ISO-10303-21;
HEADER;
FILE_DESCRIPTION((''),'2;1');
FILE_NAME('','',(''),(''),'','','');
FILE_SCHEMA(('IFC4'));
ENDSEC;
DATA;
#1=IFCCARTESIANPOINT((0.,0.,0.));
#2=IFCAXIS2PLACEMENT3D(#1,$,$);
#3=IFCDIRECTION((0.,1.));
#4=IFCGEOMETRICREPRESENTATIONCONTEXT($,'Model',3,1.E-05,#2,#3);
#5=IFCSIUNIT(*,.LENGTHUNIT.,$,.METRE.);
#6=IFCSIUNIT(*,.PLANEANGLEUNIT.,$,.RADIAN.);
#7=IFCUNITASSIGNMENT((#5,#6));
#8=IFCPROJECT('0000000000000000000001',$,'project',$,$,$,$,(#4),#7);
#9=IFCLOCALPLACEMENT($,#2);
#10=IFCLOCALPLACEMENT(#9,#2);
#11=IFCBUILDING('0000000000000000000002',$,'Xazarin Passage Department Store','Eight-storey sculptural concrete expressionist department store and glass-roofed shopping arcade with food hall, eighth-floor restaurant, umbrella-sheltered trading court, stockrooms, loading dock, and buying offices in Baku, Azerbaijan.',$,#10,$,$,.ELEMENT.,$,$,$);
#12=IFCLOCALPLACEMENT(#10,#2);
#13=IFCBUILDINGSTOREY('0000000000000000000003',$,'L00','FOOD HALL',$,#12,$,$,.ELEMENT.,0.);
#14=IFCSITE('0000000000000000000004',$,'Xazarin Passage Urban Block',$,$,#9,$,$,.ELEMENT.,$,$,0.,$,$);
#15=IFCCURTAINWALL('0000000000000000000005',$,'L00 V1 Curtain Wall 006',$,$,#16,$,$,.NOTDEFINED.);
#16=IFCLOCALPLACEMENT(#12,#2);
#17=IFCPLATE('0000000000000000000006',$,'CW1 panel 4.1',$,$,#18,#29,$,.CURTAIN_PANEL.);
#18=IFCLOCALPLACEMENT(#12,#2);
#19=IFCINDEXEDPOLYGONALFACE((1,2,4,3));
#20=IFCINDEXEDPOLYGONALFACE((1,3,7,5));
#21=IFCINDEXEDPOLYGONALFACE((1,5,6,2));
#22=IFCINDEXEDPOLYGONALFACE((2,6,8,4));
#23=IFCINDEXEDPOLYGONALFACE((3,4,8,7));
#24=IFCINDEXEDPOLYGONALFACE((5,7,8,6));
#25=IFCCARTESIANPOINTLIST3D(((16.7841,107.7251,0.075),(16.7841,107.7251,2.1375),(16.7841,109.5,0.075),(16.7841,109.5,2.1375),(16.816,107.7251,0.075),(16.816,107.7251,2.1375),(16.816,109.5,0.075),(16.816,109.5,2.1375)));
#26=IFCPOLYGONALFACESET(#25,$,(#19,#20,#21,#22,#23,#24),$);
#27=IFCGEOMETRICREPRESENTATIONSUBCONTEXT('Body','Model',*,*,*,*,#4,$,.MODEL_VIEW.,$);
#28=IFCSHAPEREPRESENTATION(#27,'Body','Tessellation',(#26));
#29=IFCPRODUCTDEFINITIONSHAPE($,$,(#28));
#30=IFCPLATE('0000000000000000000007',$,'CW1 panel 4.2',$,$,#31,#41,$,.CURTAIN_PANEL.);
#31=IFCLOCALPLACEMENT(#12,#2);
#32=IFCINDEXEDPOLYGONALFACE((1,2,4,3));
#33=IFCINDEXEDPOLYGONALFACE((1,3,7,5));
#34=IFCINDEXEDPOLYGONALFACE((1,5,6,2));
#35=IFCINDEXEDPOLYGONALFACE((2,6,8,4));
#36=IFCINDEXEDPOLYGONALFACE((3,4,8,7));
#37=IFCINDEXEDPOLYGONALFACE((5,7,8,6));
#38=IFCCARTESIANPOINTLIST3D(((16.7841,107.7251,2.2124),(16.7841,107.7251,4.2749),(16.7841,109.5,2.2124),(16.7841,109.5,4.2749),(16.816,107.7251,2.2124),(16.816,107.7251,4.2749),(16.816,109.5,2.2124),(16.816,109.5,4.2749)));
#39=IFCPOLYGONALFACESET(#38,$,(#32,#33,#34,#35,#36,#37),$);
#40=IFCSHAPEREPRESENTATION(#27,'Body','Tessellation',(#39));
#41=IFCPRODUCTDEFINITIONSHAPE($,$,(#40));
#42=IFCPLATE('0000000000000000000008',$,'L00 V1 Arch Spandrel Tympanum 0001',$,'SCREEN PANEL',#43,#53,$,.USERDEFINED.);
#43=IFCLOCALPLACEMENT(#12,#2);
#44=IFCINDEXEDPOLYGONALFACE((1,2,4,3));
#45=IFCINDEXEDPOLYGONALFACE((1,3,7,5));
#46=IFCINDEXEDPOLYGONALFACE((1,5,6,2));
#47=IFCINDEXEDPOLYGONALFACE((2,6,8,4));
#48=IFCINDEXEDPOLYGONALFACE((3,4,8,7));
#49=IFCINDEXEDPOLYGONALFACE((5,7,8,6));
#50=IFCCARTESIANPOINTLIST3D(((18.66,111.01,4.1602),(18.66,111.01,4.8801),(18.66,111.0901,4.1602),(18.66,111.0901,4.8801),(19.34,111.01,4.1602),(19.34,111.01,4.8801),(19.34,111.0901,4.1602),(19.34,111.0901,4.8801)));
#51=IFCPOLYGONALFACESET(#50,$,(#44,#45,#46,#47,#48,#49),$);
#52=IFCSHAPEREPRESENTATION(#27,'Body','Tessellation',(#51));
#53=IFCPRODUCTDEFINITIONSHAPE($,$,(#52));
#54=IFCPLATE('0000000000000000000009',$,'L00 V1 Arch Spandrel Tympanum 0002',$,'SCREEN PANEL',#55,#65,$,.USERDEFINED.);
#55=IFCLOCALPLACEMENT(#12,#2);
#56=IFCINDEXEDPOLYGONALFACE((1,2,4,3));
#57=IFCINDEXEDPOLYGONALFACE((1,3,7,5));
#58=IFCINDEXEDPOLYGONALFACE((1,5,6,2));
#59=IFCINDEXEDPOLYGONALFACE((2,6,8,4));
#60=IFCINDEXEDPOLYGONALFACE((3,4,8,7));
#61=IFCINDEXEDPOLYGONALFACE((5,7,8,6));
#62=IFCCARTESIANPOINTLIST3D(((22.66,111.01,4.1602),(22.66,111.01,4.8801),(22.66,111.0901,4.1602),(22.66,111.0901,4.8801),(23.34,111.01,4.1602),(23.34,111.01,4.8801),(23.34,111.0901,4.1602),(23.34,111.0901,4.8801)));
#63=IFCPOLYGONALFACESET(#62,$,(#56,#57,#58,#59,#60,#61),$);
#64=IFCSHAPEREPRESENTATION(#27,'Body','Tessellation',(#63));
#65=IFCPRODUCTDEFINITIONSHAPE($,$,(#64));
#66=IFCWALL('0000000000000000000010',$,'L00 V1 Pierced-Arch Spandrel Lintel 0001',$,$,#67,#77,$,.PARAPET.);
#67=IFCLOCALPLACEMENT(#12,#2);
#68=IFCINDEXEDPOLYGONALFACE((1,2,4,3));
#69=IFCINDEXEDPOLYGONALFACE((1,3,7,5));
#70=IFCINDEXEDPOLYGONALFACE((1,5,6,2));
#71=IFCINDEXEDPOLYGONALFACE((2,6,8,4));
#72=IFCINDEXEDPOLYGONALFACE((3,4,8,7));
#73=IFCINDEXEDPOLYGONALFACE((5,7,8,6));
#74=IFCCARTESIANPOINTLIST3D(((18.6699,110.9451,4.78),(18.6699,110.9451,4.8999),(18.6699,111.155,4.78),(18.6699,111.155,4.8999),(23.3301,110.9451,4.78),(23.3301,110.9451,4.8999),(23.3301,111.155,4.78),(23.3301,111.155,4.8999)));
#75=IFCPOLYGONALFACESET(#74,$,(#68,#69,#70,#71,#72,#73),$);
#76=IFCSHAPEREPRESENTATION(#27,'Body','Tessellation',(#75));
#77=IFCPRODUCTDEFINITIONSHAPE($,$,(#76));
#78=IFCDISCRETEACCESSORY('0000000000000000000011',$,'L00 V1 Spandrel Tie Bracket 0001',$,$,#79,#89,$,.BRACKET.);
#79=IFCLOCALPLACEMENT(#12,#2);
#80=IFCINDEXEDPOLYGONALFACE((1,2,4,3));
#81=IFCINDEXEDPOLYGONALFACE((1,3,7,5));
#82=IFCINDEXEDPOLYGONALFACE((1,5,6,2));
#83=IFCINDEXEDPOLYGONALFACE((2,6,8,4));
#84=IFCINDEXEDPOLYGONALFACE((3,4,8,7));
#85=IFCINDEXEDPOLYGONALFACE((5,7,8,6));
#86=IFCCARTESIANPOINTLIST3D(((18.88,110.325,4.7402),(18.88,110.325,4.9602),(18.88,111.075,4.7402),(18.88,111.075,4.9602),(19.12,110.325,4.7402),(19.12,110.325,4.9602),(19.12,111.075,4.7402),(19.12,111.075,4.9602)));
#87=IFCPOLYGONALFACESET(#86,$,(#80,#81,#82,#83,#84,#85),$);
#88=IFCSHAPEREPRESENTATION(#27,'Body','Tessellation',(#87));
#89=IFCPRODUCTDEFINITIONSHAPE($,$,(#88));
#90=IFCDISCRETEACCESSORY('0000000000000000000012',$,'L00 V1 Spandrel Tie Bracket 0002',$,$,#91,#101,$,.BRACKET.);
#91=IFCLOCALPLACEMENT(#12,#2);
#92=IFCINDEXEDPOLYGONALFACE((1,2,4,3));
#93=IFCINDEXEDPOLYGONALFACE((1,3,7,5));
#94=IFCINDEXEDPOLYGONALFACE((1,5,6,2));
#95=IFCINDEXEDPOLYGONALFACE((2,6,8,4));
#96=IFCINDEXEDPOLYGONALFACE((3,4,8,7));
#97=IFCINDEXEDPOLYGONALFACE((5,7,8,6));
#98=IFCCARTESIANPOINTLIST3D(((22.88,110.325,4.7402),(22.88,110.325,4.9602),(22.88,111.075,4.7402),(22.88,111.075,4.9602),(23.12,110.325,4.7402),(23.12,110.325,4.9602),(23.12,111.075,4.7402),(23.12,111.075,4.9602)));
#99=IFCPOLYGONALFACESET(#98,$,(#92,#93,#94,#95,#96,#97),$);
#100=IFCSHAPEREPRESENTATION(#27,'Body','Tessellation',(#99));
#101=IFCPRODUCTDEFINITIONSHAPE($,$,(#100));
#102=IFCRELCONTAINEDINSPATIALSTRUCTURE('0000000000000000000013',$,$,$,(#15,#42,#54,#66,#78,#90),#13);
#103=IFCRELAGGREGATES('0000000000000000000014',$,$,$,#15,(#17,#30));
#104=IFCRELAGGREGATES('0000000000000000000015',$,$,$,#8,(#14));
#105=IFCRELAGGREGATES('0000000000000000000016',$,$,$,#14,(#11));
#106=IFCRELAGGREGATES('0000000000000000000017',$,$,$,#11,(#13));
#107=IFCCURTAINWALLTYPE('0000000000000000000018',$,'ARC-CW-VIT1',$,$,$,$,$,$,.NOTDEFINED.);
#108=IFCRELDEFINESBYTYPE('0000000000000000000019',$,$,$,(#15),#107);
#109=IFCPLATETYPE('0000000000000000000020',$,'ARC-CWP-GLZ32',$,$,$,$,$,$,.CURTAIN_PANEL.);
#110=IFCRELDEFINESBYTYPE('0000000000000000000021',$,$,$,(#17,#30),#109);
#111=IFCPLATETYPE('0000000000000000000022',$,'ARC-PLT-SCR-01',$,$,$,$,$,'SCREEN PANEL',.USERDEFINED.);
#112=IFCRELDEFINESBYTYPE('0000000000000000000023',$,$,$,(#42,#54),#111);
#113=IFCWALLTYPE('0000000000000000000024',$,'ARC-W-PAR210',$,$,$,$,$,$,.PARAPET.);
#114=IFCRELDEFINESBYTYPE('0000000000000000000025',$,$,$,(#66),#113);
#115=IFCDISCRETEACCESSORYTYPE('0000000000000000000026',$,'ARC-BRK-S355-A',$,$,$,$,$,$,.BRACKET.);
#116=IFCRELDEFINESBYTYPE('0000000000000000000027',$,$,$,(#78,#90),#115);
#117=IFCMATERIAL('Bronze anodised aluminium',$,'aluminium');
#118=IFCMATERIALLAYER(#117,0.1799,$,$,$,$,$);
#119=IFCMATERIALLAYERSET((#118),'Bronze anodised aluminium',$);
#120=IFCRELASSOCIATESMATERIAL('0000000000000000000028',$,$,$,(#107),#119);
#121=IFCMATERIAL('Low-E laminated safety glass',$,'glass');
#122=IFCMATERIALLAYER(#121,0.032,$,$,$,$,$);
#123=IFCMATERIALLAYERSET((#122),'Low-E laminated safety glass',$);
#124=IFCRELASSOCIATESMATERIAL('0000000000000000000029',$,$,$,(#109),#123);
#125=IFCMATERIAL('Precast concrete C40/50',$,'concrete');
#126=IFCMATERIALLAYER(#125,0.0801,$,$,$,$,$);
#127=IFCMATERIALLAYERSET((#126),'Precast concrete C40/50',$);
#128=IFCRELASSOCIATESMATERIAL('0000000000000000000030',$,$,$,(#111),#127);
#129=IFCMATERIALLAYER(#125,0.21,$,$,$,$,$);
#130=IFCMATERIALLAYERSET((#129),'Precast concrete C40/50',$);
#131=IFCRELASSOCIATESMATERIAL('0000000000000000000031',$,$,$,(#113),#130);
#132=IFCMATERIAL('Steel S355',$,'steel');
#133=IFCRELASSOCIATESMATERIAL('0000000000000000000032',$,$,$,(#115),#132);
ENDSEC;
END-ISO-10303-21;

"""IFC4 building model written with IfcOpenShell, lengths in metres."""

from ifc_helpers import new_model, si_unit, direction, frame, frame_2d, origin, origin_2d, place, context, subcontext, project, spatial, rectangle, extrude, material, layer, layer_set, type_object, element, aggregate, save


model = new_model("IFC4")

# Units and contexts
model_context = context("Model", 3, precision=1e-05, world=origin(), true_north=direction((0.0, 1.0)))
body_context = subcontext(model_context, "Body", "Model", "MODEL_VIEW")
ifc_project = project(units=[si_unit("LENGTHUNIT", "METRE"), si_unit("PLANEANGLEUNIT", "RADIAN")], contexts=[model_context])

# Site, building, storey
site_placement = place(None, origin())
site = spatial("IfcSite", under=ifc_project, at=site_placement, Name="Xazarin Passage Urban Block", CompositionType="ELEMENT", RefElevation=0.0)
building_placement = place(site_placement, origin())
building = spatial("IfcBuilding", under=site, at=building_placement, Name="Xazarin Passage Department Store", Description="Eight-storey sculptural concrete expressionist department store and glass-roofed shopping arcade with food hall, eighth-floor restaurant, umbrella-sheltered trading court, stockrooms, loading dock, and buying offices in Baku, Azerbaijan.", CompositionType="ELEMENT")
storey_placement = place(building_placement, origin())
storey = spatial("IfcBuildingStorey", under=building, at=storey_placement, Name="L00", Description="FOOD HALL", CompositionType="ELEMENT", Elevation=0.0)

# Curtain wall
ifc_material_1 = material(Name="Bronze anodised aluminium", Category="aluminium")
ifc_layer_1 = layer(ifc_material_1, 0.1799)
ifc_layer_set_1 = layer_set([ifc_layer_1], Name="Bronze anodised aluminium")
curtain_wall_type = type_object("IfcCurtainWallType", Name="ARC-CW-VIT1", PredefinedType="NOTDEFINED", material=ifc_layer_set_1)
curtain_wall_placement = place(storey_placement, origin())
curtain_wall = element("IfcCurtainWall", 1, at=curtain_wall_placement, inside=storey, type_object=curtain_wall_type, Name="L00 V1 Curtain Wall 006", PredefinedType="NOTDEFINED")

# Plates
ifc_material_2 = material(Name="Low-E laminated safety glass", Category="glass")
ifc_layer_2 = layer(ifc_material_2, 0.032)
ifc_layer_set_2 = layer_set([ifc_layer_2], Name="Low-E laminated safety glass")
plate_type_1 = type_object("IfcPlateType", Name="ARC-CWP-GLZ32", PredefinedType="CURTAIN_PANEL", material=ifc_layer_set_2)
plate_1_placement = place(storey_placement, frame((16.8, 108.6125, 0.075), z_axis=(0.0, 0.0, 1.0), x_axis=(0.0, 1.0, 0.0)))
plate_1 = element("IfcPlate", 2, at=plate_1_placement, type_object=plate_type_1, Name="CW1 panel 4.1", PredefinedType="CURTAIN_PANEL", context=body_context, shape_type="SweptSolid", body=[
    extrude(rectangle(XDim=1.7749, YDim=0.032, at=origin_2d()), origin(), (0.0, 0.0, 1.0), 2.0625),
])
plate_2_placement = place(storey_placement, frame((16.8, 108.6125, 2.2124), z_axis=(0.0, 0.0, 1.0), x_axis=(0.0, 1.0, 0.0)))
plate_2 = element("IfcPlate", 3, at=plate_2_placement, type_object=plate_type_1, Name="CW1 panel 4.2", PredefinedType="CURTAIN_PANEL", context=body_context, shape_type="SweptSolid", body=[
    extrude(rectangle(XDim=1.7749, YDim=0.032, at=origin_2d()), origin(), (0.0, 0.0, 1.0), 2.0625),
])
aggregate(curtain_wall, [plate_1, plate_2])

# Plates
ifc_material_3 = material(Name="Precast concrete C40/50", Category="concrete")
ifc_layer_3 = layer(ifc_material_3, 0.0801)
ifc_layer_set_3 = layer_set([ifc_layer_3], Name="Precast concrete C40/50")
plate_type_2 = type_object("IfcPlateType", Name="ARC-PLT-SCR-01", ElementType="SCREEN PANEL", PredefinedType="USERDEFINED", material=ifc_layer_set_3)
for number, where, z_axis, x_axis, name in (
    (4, (19.0, 111.05, 4.1602), (0.0, 0.0, 1.0), (1.0, 0.0, 0.0), "L00 V1 Arch Spandrel Tympanum 0001"),
    (5, (23.0, 111.05, 4.1602), (0.0, 0.0, 1.0), (1.0, 0.0, 0.0), "L00 V1 Arch Spandrel Tympanum 0002"),
):
    element("IfcPlate", number, at=place(storey_placement, frame(where, z_axis=z_axis, x_axis=x_axis)), inside=storey, type_object=plate_type_2, Name=name, ObjectType="SCREEN PANEL", PredefinedType="USERDEFINED", context=body_context, shape_type="SweptSolid", body=[
        extrude(rectangle(XDim=0.6799, YDim=0.0801, at=origin_2d()), origin(), (0.0, 0.0, 1.0), 0.72),
    ])

# Shared definitions
ifc_material_4 = material(Name="Steel S355", Category="steel")

# Wall
ifc_layer_4 = layer(ifc_material_3, 0.21)
ifc_layer_set_4 = layer_set([ifc_layer_4], Name="Precast concrete C40/50")
wall_type_1 = type_object("IfcWallType", Name="ARC-W-PAR210", PredefinedType="PARAPET", material=ifc_layer_set_4)
wall_1_placement = place(storey_placement, frame((18.6699, 111.05, 4.78), z_axis=(0.0, 0.0, 1.0), x_axis=(1.0, 0.0, 0.0)))
element("IfcWall", 6, at=wall_1_placement, inside=storey, type_object=wall_type_1, Name="L00 V1 Pierced-Arch Spandrel Lintel 0001", PredefinedType="PARAPET", context=body_context, shape_type="SweptSolid", body=[
    extrude(rectangle(XDim=4.6602, YDim=0.21, at=frame_2d((2.3301, 0.0))), origin(), (0.0, 0.0, 1.0), 0.1199),
])

# Discrete accessories
discrete_accessory_type = type_object("IfcDiscreteAccessoryType", Name="ARC-BRK-S355-A", PredefinedType="BRACKET", material=ifc_material_4)
for number, where, z_axis, x_axis, name in (
    (7, (19.0, 110.7, 4.7402), (0.0, 0.0, 1.0), (1.0, 0.0, 0.0), "L00 V1 Spandrel Tie Bracket 0001"),
    (8, (23.0, 110.7, 4.7402), (0.0, 0.0, 1.0), (1.0, 0.0, 0.0), "L00 V1 Spandrel Tie Bracket 0002"),
):
    element("IfcDiscreteAccessory", number, at=place(storey_placement, frame(where, z_axis=z_axis, x_axis=x_axis)), inside=storey, type_object=discrete_accessory_type, Name=name, PredefinedType="BRACKET", context=body_context, shape_type="SweptSolid", body=[
        extrude(rectangle(XDim=0.24, YDim=0.75, at=origin_2d()), origin(), (0.0, 0.0, 1.0), 0.22),
    ])

save(model, "model.ifc")
